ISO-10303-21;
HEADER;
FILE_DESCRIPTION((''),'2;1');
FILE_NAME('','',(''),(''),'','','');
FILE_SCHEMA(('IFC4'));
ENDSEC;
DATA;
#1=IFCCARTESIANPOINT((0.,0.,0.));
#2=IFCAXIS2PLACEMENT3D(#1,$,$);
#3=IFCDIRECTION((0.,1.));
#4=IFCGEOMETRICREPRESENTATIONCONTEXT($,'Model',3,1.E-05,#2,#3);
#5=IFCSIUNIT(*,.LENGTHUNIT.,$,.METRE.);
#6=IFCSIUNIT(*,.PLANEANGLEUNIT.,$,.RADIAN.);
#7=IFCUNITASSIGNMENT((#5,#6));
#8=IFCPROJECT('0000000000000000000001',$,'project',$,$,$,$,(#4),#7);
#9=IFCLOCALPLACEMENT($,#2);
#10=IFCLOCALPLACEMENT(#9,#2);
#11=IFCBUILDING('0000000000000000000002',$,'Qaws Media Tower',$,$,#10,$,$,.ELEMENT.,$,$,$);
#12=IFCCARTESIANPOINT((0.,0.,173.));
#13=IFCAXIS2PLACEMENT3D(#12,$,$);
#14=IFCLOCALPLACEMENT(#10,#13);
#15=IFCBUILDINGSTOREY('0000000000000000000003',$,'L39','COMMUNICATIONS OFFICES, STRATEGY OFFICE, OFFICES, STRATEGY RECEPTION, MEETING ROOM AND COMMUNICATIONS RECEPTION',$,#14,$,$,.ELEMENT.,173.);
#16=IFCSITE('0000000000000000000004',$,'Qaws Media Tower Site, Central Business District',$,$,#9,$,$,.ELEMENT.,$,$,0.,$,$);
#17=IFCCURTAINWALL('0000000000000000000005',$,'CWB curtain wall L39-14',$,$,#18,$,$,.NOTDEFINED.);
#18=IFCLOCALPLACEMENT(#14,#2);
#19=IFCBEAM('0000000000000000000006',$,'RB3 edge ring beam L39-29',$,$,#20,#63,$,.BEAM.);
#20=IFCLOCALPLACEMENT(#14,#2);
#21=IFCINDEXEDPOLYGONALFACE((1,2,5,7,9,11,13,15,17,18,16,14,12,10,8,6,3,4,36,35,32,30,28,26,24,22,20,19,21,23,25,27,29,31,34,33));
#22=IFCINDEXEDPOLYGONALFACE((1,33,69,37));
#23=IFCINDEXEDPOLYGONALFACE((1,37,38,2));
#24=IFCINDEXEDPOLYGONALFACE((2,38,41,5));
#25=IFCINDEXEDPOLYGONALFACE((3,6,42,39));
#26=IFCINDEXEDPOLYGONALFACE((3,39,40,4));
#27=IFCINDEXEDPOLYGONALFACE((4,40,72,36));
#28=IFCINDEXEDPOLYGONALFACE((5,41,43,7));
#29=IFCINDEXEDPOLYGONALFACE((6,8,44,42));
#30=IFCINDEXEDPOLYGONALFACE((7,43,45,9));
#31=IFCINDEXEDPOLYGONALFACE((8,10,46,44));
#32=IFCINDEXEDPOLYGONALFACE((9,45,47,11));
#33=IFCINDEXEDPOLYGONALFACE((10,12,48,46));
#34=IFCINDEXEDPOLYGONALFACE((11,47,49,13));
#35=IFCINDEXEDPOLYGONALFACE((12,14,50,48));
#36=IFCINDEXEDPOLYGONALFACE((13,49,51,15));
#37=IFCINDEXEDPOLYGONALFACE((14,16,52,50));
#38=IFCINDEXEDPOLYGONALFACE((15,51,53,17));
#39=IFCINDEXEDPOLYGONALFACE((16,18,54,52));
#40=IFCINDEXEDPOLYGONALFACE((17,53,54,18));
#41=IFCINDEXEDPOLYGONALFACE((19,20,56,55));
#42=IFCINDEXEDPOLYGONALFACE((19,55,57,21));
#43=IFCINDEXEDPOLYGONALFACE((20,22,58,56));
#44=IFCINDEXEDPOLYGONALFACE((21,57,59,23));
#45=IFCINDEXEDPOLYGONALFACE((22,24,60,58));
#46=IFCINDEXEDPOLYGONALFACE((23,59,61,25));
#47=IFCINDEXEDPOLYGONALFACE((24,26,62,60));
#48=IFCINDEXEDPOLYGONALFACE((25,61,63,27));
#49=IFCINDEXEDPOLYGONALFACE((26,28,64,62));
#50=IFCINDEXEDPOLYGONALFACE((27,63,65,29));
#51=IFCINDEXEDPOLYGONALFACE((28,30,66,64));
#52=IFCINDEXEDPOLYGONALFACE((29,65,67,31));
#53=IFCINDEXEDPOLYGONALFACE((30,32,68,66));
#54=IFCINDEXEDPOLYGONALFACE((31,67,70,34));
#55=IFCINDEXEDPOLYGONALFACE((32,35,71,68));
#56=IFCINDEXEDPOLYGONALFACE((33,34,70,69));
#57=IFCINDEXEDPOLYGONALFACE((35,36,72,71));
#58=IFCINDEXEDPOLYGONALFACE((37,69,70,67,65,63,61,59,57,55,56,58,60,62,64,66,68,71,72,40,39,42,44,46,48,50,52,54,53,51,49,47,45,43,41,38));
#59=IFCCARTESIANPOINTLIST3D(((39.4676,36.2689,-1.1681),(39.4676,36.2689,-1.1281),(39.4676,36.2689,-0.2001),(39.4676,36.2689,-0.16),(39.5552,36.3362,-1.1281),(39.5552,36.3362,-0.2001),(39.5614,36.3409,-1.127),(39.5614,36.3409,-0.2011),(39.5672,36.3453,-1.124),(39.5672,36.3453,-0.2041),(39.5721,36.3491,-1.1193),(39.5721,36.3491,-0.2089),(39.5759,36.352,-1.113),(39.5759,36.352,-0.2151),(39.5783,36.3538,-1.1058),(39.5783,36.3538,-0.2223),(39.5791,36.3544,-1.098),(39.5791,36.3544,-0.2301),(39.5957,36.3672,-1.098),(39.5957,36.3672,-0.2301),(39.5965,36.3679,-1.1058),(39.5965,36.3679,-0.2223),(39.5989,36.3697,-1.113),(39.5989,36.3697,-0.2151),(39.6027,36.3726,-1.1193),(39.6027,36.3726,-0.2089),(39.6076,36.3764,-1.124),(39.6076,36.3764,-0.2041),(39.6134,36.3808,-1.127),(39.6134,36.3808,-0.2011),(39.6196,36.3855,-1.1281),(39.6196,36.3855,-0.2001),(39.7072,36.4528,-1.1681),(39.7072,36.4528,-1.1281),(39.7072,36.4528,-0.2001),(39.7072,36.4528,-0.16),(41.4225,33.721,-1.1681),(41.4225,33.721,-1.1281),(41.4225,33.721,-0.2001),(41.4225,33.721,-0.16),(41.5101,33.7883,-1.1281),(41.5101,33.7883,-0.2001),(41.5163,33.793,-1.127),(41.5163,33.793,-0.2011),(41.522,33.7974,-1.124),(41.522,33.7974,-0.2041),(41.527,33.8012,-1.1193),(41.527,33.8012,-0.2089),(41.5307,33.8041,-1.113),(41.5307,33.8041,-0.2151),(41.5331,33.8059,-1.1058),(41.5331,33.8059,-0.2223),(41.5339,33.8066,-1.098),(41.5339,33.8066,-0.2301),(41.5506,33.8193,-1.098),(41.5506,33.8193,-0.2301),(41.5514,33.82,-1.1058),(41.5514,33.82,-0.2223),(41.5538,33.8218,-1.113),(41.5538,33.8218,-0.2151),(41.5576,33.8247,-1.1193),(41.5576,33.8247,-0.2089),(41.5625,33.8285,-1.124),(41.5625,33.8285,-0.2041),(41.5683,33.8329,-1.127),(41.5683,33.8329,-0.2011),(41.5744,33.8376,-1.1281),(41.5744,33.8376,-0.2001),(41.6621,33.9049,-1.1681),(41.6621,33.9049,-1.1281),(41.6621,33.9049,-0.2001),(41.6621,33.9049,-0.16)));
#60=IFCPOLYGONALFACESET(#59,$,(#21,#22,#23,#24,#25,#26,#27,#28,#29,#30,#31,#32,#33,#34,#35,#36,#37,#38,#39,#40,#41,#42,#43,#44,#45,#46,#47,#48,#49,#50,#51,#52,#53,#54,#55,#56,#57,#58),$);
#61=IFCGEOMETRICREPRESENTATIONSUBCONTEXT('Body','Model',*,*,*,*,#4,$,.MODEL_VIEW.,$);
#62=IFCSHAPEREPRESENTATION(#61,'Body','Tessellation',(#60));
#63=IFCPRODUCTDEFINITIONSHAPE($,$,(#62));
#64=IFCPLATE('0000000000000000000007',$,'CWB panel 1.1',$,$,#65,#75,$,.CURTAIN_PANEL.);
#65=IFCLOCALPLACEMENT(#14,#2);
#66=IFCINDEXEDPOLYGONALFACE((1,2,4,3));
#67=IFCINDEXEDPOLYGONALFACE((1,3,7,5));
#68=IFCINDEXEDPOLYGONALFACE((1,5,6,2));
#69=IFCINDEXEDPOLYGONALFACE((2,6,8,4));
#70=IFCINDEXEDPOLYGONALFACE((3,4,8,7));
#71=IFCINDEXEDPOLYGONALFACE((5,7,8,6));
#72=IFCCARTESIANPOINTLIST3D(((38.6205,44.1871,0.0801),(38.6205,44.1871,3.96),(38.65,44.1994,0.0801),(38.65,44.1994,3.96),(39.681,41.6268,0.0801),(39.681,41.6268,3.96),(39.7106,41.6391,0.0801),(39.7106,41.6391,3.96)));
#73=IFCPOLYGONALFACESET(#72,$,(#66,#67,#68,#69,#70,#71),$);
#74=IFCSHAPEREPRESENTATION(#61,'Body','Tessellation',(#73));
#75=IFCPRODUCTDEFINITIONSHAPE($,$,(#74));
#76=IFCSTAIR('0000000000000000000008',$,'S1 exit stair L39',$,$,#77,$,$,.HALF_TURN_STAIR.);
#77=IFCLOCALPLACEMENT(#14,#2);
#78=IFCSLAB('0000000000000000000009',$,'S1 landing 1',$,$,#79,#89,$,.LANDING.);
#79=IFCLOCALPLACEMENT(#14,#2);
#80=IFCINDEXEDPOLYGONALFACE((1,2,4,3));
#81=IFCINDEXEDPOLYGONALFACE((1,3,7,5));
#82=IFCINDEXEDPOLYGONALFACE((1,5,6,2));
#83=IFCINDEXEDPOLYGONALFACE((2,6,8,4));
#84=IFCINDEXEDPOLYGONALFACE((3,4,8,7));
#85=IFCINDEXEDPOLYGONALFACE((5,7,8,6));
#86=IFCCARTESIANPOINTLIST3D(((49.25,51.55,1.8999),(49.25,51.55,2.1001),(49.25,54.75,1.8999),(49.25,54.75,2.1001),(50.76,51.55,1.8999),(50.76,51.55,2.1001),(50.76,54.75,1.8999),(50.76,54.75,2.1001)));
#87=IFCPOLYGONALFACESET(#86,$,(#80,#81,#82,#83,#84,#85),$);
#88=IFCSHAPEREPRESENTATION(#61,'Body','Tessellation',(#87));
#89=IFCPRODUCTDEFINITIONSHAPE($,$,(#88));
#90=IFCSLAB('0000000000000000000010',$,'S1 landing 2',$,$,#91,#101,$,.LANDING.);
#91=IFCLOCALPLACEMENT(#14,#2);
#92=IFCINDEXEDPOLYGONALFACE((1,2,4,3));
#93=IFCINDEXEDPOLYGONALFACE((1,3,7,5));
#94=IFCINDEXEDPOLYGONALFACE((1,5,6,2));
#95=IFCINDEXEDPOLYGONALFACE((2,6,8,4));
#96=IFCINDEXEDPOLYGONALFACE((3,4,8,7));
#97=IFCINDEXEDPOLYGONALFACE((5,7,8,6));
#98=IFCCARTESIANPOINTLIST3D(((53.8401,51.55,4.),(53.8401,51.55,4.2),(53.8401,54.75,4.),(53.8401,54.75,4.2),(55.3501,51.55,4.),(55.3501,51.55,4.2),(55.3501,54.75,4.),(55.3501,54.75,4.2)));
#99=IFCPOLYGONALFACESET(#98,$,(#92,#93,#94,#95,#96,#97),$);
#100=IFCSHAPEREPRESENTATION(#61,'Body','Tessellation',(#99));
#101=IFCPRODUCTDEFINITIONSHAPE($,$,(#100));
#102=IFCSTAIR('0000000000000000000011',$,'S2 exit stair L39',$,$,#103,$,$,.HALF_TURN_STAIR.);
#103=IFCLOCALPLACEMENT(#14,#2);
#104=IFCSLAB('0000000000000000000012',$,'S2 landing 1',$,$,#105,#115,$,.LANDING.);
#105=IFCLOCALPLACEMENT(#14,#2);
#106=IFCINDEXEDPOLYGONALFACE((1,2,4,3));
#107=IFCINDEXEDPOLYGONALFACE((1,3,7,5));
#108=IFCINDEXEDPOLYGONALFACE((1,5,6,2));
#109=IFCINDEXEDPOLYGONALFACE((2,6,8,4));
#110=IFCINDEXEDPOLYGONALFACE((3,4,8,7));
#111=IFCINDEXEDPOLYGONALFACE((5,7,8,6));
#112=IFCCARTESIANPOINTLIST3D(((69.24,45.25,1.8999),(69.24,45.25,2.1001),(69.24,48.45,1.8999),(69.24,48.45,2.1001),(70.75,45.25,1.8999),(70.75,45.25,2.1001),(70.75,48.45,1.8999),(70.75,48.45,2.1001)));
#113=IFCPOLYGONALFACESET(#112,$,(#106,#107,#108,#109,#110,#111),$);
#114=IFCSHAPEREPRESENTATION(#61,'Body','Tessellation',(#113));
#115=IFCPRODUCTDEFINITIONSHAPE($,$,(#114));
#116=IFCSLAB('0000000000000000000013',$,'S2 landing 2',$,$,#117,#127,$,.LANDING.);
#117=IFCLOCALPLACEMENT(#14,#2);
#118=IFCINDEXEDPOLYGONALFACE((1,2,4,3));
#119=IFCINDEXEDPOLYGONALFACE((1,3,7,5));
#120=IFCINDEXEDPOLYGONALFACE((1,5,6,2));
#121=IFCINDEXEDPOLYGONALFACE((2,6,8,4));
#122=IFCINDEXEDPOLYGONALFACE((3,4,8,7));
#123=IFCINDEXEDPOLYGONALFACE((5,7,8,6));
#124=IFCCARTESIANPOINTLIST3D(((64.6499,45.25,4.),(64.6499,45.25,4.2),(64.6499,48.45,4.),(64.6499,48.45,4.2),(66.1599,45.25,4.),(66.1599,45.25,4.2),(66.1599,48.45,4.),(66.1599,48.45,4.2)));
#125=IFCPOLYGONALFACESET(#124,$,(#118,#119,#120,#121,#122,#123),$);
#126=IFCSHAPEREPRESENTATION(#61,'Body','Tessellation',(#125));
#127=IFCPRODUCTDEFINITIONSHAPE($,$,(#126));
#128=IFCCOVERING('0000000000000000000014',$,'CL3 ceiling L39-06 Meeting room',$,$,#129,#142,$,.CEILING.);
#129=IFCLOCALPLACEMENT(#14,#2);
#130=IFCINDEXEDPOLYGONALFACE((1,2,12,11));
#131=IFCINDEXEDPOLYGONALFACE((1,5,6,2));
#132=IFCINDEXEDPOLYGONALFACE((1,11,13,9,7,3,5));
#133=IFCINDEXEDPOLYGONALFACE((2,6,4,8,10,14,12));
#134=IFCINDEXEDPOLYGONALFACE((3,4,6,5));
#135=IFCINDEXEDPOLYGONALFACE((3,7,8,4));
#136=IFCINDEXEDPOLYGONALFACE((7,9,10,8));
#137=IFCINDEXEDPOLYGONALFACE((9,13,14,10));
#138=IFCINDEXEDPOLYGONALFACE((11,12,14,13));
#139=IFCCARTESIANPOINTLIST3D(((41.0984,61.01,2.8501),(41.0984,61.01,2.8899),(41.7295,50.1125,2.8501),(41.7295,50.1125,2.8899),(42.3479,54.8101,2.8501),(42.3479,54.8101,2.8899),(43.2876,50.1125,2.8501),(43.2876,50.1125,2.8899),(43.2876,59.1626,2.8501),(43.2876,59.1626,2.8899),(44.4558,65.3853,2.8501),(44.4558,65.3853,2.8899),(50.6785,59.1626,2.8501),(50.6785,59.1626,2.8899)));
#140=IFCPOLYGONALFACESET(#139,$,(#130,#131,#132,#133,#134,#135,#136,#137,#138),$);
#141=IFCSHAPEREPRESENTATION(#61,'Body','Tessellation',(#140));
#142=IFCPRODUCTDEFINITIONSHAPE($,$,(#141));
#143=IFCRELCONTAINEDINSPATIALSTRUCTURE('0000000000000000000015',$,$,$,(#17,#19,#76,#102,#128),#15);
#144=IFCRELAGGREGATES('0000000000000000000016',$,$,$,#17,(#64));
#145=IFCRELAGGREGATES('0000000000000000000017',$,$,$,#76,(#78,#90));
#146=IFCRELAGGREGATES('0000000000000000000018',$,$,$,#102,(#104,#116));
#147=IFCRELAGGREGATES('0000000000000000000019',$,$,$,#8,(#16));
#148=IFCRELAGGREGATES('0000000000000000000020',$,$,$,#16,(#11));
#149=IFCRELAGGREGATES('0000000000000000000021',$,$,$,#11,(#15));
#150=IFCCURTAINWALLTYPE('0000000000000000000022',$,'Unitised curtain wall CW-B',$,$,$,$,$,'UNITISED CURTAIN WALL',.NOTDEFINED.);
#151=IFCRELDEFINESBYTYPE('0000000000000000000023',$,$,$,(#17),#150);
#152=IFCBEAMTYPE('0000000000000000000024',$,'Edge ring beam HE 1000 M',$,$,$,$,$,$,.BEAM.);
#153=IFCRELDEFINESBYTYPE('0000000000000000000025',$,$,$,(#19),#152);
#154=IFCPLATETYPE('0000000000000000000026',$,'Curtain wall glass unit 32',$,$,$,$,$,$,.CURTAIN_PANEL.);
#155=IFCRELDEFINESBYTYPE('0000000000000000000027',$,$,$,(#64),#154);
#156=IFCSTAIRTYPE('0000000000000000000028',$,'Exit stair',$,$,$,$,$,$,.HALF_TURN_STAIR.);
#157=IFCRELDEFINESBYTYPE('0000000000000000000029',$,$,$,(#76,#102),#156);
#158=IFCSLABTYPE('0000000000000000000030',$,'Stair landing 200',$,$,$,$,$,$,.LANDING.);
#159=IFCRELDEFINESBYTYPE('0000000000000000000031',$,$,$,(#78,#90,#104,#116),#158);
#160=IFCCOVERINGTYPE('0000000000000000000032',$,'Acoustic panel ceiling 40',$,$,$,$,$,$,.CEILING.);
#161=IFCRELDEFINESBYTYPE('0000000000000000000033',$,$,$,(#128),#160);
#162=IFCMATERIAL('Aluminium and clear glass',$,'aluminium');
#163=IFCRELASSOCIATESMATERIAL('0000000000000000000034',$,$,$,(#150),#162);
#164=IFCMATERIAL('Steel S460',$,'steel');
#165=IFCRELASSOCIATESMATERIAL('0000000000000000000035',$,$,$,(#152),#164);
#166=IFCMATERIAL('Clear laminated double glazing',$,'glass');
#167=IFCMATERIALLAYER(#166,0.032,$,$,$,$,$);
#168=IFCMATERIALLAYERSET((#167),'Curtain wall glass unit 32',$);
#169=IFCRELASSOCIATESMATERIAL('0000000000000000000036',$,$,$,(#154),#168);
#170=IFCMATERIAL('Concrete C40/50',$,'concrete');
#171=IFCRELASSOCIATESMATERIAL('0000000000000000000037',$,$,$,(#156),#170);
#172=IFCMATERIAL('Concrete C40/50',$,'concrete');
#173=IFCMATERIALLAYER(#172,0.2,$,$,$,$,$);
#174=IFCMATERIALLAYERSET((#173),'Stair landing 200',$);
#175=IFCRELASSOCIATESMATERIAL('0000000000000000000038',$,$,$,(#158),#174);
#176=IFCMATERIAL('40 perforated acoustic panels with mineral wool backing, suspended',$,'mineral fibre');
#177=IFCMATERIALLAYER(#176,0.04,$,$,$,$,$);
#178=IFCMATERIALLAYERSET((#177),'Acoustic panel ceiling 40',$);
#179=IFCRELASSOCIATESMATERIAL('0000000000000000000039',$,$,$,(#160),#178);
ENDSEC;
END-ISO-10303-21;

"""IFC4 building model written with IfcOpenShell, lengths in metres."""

from ifc_helpers import new_model, si_unit, direction, frame, origin, origin_2d, place, context, subcontext, project, spatial, polyline, rectangle, i_section, outline, extrude, material, layer, layer_set, material_profile, profile_set, type_object, element, aggregate, save


model = new_model("IFC4")

# Units and contexts
model_context = context("Model", 3, precision=1e-05, world=origin(), true_north=direction((0.0, 1.0)))
body_context = subcontext(model_context, "Body", "Model", "MODEL_VIEW")
ifc_project = project(units=[si_unit("LENGTHUNIT", "METRE"), si_unit("PLANEANGLEUNIT", "RADIAN")], contexts=[model_context])

# Site, building, storey
site_placement = place(None, origin())
site = spatial("IfcSite", under=ifc_project, at=site_placement, Name="Qaws Media Tower Site, Central Business District", CompositionType="ELEMENT", RefElevation=0.0)
building_placement = place(site_placement, origin())
building = spatial("IfcBuilding", under=site, at=building_placement, Name="Qaws Media Tower", CompositionType="ELEMENT")
storey_placement = place(building_placement, frame((0.0, 0.0, 173.0)))
storey = spatial("IfcBuildingStorey", under=building, at=storey_placement, Name="L39", Description="COMMUNICATIONS OFFICES, STRATEGY OFFICE, OFFICES, STRATEGY RECEPTION, MEETING ROOM AND COMMUNICATIONS RECEPTION", CompositionType="ELEMENT", Elevation=173.0)

# Curtain wall
ifc_material_1 = material(Name="Aluminium and clear glass", Category="aluminium")
curtain_wall_type = type_object("IfcCurtainWallType", Name="Unitised curtain wall CW-B", ElementType="UNITISED CURTAIN WALL", PredefinedType="NOTDEFINED", material=ifc_material_1)
curtain_wall_placement = place(storey_placement, origin())
curtain_wall = element("IfcCurtainWall", 1, at=curtain_wall_placement, inside=storey, type_object=curtain_wall_type, Name="CWB curtain wall L39-14", PredefinedType="NOTDEFINED")

# Beam
ifc_material_2 = material(Name="Steel S460", Category="steel")
ifc_material_profile_1 = material_profile(ifc_material_2, i_section(OverallWidth=0.302, OverallDepth=1.0081, WebThickness=0.021, FlangeThickness=0.04, FilletRadius=0.03, at=origin_2d()), Name="HE 1000 M")
ifc_profile_set_1 = profile_set([ifc_material_profile_1], Name="Steel S460")
beam_type = type_object("IfcBeamType", Name="Edge ring beam HE 1000 M", PredefinedType="BEAM", material=ifc_profile_set_1)
beam_placement = place(storey_placement, frame((39.5874, 36.3608, -0.6641), z_axis=(0.608722, -0.793384, 0.0), x_axis=(0.793384, 0.608722, 0.0)))
element("IfcBeam", 2, at=beam_placement, inside=storey, type_object=beam_type, Name="RB3 edge ring beam L39-29", PredefinedType="BEAM", context=body_context, shape_type="SweptSolid", body=[
    extrude(i_section(OverallWidth=0.302, OverallDepth=1.0081, WebThickness=0.021, FlangeThickness=0.04, FilletRadius=0.03, at=origin_2d()), origin(), (0.0, 0.0, 1.0), 3.2114),
])

# Plate
ifc_material_3 = material(Name="Clear laminated double glazing", Category="glass")
ifc_layer_1 = layer(ifc_material_3, 0.032)
ifc_layer_set_1 = layer_set([ifc_layer_1], Name="Curtain wall glass unit 32")
plate_type = type_object("IfcPlateType", Name="Curtain wall glass unit 32", PredefinedType="CURTAIN_PANEL", material=ifc_layer_set_1)
plate_placement = place(storey_placement, frame((39.1655, 42.9131, 0.0801), z_axis=(0.0, 0.0, 1.0), x_axis=(0.382683, -0.92388, 0.0)))
plate = element("IfcPlate", 3, at=plate_placement, type_object=plate_type, Name="CWB panel 1.1", PredefinedType="CURTAIN_PANEL", context=body_context, shape_type="SweptSolid", body=[
    extrude(rectangle(XDim=2.7712, YDim=0.032, at=origin_2d()), origin(), (0.0, 0.0, 1.0), 3.8799),
])
aggregate(curtain_wall, [plate])

# Stairs, slabs
ifc_material_4 = material(Name="Concrete C40/50", Category="concrete")
stair_type = type_object("IfcStairType", Name="Exit stair", PredefinedType="HALF_TURN_STAIR", material=ifc_material_4)
stair_1_placement = place(storey_placement, origin())
stair_1 = element("IfcStair", 4, at=stair_1_placement, inside=storey, type_object=stair_type, Name="S1 exit stair L39", PredefinedType="HALF_TURN_STAIR")
ifc_material_5 = material(Name="Concrete C40/50", Category="concrete")
ifc_layer_2 = layer(ifc_material_5, 0.2)
ifc_layer_set_2 = layer_set([ifc_layer_2], Name="Stair landing 200")
slab_type = type_object("IfcSlabType", Name="Stair landing 200", PredefinedType="LANDING", material=ifc_layer_set_2)
slab_1_placement = place(storey_placement, frame((0.0, 0.0, 1.8999)))
slab_1 = element("IfcSlab", 5, at=slab_1_placement, type_object=slab_type, Name="S1 landing 1", PredefinedType="LANDING", context=body_context, shape_type="SweptSolid", body=[
    extrude(outline(polyline([(49.25, 51.55), (50.76, 51.55), (50.76, 54.75), (49.25, 54.75), (49.25, 51.55)])), origin(), (0.0, 0.0, 1.0), 0.2002),
])
slab_2_placement = place(storey_placement, frame((0.0, 0.0, 4.0)))
slab_2 = element("IfcSlab", 6, at=slab_2_placement, type_object=slab_type, Name="S1 landing 2", PredefinedType="LANDING", context=body_context, shape_type="SweptSolid", body=[
    extrude(outline(polyline([(53.8401, 51.55), (55.3501, 51.55), (55.3501, 54.75), (53.8401, 54.75), (53.8401, 51.55)])), origin(), (0.0, 0.0, 1.0), 0.2),
])
aggregate(stair_1, [slab_1, slab_2])
stair_2_placement = place(storey_placement, origin())
stair_2 = element("IfcStair", 7, at=stair_2_placement, inside=storey, type_object=stair_type, Name="S2 exit stair L39", PredefinedType="HALF_TURN_STAIR")
slab_3_placement = place(storey_placement, frame((0.0, 0.0, 1.8999)))
slab_3 = element("IfcSlab", 8, at=slab_3_placement, type_object=slab_type, Name="S2 landing 1", PredefinedType="LANDING", context=body_context, shape_type="SweptSolid", body=[
    extrude(outline(polyline([(69.24, 45.25), (70.75, 45.25), (70.75, 48.45), (69.24, 48.45), (69.24, 45.25)])), origin(), (0.0, 0.0, 1.0), 0.2002),
])
slab_4_placement = place(storey_placement, frame((0.0, 0.0, 4.0)))
slab_4 = element("IfcSlab", 9, at=slab_4_placement, type_object=slab_type, Name="S2 landing 2", PredefinedType="LANDING", context=body_context, shape_type="SweptSolid", body=[
    extrude(outline(polyline([(64.6499, 45.25), (66.1599, 45.25), (66.1599, 48.45), (64.6499, 48.45), (64.6499, 45.25)])), origin(), (0.0, 0.0, 1.0), 0.2),
])
aggregate(stair_2, [slab_3, slab_4])

# Covering
ifc_material_6 = material(Name="40 perforated acoustic panels with mineral wool backing, suspended", Category="mineral fibre")
ifc_layer_3 = layer(ifc_material_6, 0.04)
ifc_layer_set_3 = layer_set([ifc_layer_3], Name="Acoustic panel ceiling 40")
covering_type_1 = type_object("IfcCoveringType", Name="Acoustic panel ceiling 40", PredefinedType="CEILING", material=ifc_layer_set_3)
covering_1_placement = place(storey_placement, frame((0.0, 0.0, 2.8501)))
element("IfcCovering", 10, at=covering_1_placement, inside=storey, type_object=covering_type_1, Name="CL3 ceiling L39-06 Meeting room", PredefinedType="CEILING", context=body_context, shape_type="SweptSolid", body=[
    extrude(outline(polyline([(42.3479, 54.8101), (41.0984, 61.01), (44.4558, 65.3853), (50.6785, 59.1626), (43.2876, 59.1626), (43.2876, 50.1125), (41.7295, 50.1125), (42.3479, 54.8101)])), origin(), (0.0, 0.0, 1.0), 0.0398),
])

save(model, "model.ifc")
